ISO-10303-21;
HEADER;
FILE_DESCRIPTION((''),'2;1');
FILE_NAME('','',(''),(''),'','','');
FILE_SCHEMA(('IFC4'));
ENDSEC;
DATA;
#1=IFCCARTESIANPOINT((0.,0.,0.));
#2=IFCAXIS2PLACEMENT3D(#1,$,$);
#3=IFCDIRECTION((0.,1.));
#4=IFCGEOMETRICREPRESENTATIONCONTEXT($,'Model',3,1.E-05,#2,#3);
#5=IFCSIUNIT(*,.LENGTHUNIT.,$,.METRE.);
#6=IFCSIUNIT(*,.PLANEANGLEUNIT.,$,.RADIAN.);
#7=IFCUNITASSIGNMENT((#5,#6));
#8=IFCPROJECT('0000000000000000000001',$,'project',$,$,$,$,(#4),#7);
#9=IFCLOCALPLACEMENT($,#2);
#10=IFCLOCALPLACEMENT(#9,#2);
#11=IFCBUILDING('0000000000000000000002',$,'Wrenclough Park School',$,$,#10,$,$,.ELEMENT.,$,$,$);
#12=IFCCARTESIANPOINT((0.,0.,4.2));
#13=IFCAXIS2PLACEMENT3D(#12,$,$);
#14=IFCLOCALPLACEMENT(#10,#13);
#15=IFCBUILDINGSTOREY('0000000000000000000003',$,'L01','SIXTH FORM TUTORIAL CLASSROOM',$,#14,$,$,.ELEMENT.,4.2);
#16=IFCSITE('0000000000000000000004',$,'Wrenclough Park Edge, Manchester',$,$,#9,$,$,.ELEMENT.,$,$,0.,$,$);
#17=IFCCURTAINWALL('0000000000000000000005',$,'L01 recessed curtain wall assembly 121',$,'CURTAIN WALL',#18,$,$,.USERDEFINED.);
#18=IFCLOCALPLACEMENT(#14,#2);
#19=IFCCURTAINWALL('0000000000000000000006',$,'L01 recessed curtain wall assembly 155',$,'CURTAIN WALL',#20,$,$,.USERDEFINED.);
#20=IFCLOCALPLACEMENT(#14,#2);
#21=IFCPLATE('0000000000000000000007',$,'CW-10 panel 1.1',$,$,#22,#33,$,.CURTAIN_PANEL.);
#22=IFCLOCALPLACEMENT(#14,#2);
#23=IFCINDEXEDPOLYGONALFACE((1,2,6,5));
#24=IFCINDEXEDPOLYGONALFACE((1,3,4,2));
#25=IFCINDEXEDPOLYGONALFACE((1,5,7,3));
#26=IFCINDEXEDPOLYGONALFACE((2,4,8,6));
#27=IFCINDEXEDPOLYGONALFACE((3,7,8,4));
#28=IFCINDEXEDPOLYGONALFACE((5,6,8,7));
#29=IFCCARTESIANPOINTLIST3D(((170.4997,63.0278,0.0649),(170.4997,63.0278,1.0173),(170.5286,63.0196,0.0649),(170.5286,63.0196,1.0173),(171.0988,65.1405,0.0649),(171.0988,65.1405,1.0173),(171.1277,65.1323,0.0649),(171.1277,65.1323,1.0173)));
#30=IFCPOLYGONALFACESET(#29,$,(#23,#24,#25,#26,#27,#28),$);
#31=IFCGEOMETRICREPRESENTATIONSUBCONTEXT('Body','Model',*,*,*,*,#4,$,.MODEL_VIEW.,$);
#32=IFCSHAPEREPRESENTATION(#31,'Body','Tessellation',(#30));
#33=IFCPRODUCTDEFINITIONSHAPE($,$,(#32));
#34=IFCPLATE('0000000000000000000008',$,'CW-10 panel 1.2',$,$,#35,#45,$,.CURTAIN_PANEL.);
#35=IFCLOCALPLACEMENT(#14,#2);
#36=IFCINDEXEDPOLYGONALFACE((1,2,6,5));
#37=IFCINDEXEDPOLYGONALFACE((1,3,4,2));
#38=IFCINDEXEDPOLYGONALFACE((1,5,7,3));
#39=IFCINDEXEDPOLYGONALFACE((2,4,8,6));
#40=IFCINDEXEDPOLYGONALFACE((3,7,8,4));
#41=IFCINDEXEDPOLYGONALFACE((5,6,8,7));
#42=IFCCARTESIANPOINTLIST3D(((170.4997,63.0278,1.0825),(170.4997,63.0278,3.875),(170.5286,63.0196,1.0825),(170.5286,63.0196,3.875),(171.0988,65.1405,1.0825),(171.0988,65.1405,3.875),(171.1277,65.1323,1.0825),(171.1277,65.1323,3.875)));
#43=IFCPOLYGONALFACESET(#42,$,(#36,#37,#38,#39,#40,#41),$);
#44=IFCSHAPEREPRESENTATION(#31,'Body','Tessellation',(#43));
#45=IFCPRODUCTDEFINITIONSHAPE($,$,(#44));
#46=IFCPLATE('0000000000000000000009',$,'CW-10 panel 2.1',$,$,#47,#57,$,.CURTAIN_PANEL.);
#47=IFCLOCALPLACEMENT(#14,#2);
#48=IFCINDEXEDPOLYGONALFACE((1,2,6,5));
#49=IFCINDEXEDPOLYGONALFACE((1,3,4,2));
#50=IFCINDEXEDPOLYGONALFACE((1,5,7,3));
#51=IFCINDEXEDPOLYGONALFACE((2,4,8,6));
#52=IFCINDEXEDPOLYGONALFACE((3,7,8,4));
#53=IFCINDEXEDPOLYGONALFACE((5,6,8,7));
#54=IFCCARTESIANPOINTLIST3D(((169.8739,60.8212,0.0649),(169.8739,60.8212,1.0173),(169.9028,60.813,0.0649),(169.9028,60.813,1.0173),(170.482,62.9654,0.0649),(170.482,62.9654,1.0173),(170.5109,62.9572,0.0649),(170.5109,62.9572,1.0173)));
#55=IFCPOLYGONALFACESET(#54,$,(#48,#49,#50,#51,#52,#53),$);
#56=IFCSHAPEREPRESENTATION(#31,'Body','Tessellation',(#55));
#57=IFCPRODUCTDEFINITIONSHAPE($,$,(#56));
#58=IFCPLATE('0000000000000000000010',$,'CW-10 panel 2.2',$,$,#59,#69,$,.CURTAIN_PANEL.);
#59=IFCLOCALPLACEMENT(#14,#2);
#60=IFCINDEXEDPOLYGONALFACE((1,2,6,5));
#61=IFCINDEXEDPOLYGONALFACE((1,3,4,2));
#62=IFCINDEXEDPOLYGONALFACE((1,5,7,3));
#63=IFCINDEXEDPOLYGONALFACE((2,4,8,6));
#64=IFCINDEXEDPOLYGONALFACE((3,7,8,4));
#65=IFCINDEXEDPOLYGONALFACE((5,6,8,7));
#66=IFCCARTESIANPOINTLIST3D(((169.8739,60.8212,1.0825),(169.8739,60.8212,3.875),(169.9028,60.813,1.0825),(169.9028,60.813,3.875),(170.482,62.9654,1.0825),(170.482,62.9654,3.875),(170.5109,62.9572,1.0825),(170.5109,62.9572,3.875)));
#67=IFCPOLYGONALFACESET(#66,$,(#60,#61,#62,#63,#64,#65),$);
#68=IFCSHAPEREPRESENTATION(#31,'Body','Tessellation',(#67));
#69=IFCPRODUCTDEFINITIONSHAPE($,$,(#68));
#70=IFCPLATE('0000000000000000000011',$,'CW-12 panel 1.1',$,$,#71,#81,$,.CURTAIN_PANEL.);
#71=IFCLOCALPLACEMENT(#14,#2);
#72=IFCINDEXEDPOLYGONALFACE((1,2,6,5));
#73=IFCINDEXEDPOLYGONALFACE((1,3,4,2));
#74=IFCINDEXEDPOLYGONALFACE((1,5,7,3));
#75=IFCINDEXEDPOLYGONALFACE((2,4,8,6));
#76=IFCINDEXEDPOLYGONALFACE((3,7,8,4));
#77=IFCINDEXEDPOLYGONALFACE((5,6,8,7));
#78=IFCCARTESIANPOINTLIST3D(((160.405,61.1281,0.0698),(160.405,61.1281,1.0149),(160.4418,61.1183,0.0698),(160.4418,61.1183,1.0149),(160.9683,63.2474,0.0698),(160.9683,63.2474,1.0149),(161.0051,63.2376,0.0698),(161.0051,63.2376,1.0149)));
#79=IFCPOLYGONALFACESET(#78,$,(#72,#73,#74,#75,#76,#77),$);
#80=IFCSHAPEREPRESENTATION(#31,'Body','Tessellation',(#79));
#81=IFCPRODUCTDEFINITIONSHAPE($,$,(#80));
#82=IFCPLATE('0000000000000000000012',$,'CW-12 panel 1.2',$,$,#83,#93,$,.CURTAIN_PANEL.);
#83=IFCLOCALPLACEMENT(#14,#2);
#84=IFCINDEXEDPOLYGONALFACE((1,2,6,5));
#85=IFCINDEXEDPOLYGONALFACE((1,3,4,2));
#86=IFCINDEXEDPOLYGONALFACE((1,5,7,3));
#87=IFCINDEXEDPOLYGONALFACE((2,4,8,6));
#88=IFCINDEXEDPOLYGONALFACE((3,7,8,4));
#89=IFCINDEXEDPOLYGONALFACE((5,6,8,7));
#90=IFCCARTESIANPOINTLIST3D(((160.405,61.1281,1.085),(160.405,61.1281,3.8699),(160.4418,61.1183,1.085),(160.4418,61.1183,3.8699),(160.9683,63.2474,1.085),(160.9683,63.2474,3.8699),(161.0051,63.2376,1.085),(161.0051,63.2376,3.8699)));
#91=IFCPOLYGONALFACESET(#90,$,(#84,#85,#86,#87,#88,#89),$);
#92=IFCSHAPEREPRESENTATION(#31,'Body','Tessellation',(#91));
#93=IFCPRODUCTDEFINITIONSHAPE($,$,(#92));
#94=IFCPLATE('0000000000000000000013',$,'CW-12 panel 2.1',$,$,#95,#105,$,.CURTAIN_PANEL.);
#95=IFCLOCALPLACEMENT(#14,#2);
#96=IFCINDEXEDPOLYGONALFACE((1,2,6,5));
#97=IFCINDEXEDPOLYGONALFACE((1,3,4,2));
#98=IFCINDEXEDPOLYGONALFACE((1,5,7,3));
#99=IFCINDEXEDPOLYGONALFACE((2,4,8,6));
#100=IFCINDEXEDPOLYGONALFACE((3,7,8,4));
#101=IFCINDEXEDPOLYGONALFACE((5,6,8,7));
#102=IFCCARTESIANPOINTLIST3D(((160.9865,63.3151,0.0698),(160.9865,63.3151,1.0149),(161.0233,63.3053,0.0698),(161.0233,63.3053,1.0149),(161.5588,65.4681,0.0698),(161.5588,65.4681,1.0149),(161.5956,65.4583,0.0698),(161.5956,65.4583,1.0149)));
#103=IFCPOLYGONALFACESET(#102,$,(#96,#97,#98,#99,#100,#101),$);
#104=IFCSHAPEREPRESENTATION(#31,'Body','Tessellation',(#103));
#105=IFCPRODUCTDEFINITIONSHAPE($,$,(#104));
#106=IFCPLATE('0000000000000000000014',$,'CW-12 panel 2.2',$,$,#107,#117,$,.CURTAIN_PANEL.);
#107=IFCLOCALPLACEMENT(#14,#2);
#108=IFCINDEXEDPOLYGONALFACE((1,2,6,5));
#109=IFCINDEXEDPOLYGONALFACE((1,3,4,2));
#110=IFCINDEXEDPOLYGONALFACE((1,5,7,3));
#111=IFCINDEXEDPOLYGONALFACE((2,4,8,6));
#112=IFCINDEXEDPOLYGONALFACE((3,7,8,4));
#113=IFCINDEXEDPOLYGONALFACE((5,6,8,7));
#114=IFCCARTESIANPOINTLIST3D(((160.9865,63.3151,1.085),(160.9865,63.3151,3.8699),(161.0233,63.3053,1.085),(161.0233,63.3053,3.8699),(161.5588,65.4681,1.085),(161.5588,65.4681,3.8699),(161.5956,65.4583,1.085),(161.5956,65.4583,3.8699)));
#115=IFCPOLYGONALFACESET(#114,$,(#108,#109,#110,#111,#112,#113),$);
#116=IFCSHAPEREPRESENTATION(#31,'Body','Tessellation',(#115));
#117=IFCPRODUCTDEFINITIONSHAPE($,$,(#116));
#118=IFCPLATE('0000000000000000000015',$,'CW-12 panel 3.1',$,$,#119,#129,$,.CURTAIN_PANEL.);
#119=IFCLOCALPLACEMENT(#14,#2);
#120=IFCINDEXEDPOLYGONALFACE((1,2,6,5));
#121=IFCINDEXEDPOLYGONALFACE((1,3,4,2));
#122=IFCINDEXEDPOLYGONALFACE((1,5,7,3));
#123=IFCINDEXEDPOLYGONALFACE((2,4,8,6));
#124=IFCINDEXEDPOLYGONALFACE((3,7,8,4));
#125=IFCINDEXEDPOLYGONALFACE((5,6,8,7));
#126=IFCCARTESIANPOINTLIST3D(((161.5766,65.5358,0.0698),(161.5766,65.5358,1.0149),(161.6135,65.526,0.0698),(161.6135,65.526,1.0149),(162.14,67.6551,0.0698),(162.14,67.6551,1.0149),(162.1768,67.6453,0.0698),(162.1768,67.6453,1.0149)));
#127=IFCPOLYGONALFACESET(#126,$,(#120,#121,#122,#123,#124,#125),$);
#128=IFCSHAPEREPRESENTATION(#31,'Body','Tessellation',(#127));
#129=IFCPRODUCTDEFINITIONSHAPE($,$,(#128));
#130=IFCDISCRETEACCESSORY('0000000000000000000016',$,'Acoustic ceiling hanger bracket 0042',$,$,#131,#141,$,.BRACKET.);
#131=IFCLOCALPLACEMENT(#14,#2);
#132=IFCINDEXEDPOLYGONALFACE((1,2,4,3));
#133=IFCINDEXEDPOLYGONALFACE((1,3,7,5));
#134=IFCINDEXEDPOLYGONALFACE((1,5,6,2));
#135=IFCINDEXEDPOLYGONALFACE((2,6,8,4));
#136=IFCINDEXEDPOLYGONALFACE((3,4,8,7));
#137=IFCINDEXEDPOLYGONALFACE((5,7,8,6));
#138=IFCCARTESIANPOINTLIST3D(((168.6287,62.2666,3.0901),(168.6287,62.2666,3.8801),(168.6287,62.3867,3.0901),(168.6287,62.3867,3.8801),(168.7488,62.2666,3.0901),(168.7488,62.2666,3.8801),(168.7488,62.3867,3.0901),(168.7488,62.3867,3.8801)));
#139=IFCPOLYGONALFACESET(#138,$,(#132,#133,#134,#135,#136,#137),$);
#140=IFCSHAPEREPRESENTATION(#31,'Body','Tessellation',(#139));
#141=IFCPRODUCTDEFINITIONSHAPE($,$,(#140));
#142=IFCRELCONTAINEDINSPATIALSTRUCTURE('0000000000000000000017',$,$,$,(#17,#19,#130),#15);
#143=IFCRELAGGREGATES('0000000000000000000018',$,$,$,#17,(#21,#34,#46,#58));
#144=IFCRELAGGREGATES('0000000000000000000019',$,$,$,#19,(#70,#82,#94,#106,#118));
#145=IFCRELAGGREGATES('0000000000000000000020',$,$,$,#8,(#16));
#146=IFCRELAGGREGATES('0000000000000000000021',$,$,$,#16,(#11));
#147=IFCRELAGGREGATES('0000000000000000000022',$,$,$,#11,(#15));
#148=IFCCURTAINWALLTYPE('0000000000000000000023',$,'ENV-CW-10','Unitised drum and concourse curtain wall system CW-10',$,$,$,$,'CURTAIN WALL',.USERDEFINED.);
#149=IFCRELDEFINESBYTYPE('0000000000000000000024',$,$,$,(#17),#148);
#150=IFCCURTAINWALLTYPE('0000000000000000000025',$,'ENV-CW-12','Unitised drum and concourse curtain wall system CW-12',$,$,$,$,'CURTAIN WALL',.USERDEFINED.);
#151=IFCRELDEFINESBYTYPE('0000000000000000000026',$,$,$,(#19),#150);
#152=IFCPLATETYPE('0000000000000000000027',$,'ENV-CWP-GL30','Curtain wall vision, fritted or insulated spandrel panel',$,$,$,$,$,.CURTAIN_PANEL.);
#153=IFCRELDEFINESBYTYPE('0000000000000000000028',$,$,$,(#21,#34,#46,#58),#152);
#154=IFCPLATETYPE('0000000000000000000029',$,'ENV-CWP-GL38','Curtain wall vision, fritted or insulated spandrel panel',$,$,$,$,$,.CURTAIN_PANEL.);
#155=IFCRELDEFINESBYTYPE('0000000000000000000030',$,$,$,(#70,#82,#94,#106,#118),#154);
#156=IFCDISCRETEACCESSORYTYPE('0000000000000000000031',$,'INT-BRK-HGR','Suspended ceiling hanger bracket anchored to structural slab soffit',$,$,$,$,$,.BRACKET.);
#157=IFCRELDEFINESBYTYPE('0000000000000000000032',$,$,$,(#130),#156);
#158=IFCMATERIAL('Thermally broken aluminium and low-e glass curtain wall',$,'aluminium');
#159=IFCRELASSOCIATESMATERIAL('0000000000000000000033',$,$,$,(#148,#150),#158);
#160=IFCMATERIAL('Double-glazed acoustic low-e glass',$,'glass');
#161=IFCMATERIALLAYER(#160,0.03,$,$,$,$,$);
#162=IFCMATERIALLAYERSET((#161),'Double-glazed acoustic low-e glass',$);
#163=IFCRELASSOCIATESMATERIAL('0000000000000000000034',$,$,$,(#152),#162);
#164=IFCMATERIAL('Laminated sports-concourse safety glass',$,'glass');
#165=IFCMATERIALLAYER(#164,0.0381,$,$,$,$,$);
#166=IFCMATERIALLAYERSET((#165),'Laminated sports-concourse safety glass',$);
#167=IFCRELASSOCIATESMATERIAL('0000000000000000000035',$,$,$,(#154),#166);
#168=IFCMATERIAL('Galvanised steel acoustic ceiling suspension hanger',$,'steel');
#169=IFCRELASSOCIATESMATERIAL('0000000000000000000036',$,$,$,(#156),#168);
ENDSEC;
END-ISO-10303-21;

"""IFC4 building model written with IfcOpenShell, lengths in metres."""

from ifc_helpers import new_model, si_unit, direction, frame, origin, origin_2d, place, context, subcontext, project, spatial, rectangle, extrude, material, layer, layer_set, type_object, element, aggregate, save


model = new_model("IFC4")

# Units and contexts
model_context = context("Model", 3, precision=1e-05, world=origin(), true_north=direction((0.0, 1.0)))
body_context = subcontext(model_context, "Body", "Model", "MODEL_VIEW")
ifc_project = project(units=[si_unit("LENGTHUNIT", "METRE"), si_unit("PLANEANGLEUNIT", "RADIAN")], contexts=[model_context])

# Site, building, storey
site_placement = place(None, origin())
site = spatial("IfcSite", under=ifc_project, at=site_placement, Name="Wrenclough Park Edge, Manchester", CompositionType="ELEMENT", RefElevation=0.0)
building_placement = place(site_placement, origin())
building = spatial("IfcBuilding", under=site, at=building_placement, Name="Wrenclough Park School", CompositionType="ELEMENT")
storey_placement = place(building_placement, frame((0.0, 0.0, 4.2)))
storey = spatial("IfcBuildingStorey", under=building, at=storey_placement, Name="L01", Description="SIXTH FORM TUTORIAL CLASSROOM", CompositionType="ELEMENT", Elevation=4.2)

# Curtain walls
ifc_material_1 = material(Name="Thermally broken aluminium and low-e glass curtain wall", Category="aluminium")
curtain_wall_type_1 = type_object("IfcCurtainWallType", Name="ENV-CW-10", Description="Unitised drum and concourse curtain wall system CW-10", ElementType="CURTAIN WALL", PredefinedType="USERDEFINED", material=ifc_material_1)
curtain_wall_1_placement = place(storey_placement, origin())
curtain_wall_1 = element("IfcCurtainWall", 1, at=curtain_wall_1_placement, inside=storey, type_object=curtain_wall_type_1, Name="L01 recessed curtain wall assembly 121", ObjectType="CURTAIN WALL", PredefinedType="USERDEFINED")
curtain_wall_type_2 = type_object("IfcCurtainWallType", Name="ENV-CW-12", Description="Unitised drum and concourse curtain wall system CW-12", ElementType="CURTAIN WALL", PredefinedType="USERDEFINED", material=ifc_material_1)
curtain_wall_2_placement = place(storey_placement, origin())
curtain_wall_2 = element("IfcCurtainWall", 2, at=curtain_wall_2_placement, inside=storey, type_object=curtain_wall_type_2, Name="L01 recessed curtain wall assembly 155", ObjectType="CURTAIN WALL", PredefinedType="USERDEFINED")

# Plates
ifc_material_2 = material(Name="Double-glazed acoustic low-e glass", Category="glass")
ifc_layer_1 = layer(ifc_material_2, 0.03)
ifc_layer_set_1 = layer_set([ifc_layer_1], Name="Double-glazed acoustic low-e glass")
plate_type_1 = type_object("IfcPlateType", Name="ENV-CWP-GL30", Description="Curtain wall vision, fritted or insulated spandrel panel", PredefinedType="CURTAIN_PANEL", material=ifc_layer_set_1)
plate_1_placement = place(storey_placement, frame((170.8137, 64.0801, 0.0649), z_axis=(0.0, 0.0, 1.0), x_axis=(-0.272826, -0.962063, 0.0)))
plate_1 = element("IfcPlate", 3, at=plate_1_placement, type_object=plate_type_1, Name="CW-10 panel 1.1", PredefinedType="CURTAIN_PANEL", context=body_context, shape_type="SweptSolid", body=[
    extrude(rectangle(XDim=2.196, YDim=0.03, at=origin_2d()), origin(), (0.0, 0.0, 1.0), 0.9524),
])
plate_2_placement = place(storey_placement, frame((170.8137, 64.0801, 1.0825), z_axis=(0.0, 0.0, 1.0), x_axis=(-0.272826, -0.962063, 0.0)))
plate_2 = element("IfcPlate", 4, at=plate_2_placement, type_object=plate_type_1, Name="CW-10 panel 1.2", PredefinedType="CURTAIN_PANEL", context=body_context, shape_type="SweptSolid", body=[
    extrude(rectangle(XDim=2.196, YDim=0.03, at=origin_2d()), origin(), (0.0, 0.0, 1.0), 2.7925),
])
plate_3_placement = place(storey_placement, frame((170.1924, 61.8892, 0.0649), z_axis=(0.0, 0.0, 1.0), x_axis=(-0.272826, -0.962063, 0.0)))
plate_3 = element("IfcPlate", 5, at=plate_3_placement, type_object=plate_type_1, Name="CW-10 panel 2.1", PredefinedType="CURTAIN_PANEL", context=body_context, shape_type="SweptSolid", body=[
    extrude(rectangle(XDim=2.2288, YDim=0.03, at=origin_2d()), origin(), (0.0, 0.0, 1.0), 0.9524),
])
plate_4_placement = place(storey_placement, frame((170.1924, 61.8892, 1.0825), z_axis=(0.0, 0.0, 1.0), x_axis=(-0.272826, -0.962063, 0.0)))
plate_4 = element("IfcPlate", 6, at=plate_4_placement, type_object=plate_type_1, Name="CW-10 panel 2.2", PredefinedType="CURTAIN_PANEL", context=body_context, shape_type="SweptSolid", body=[
    extrude(rectangle(XDim=2.2288, YDim=0.03, at=origin_2d()), origin(), (0.0, 0.0, 1.0), 2.7925),
])
aggregate(curtain_wall_1, [plate_1, plate_2, plate_3, plate_4])
ifc_material_3 = material(Name="Laminated sports-concourse safety glass", Category="glass")
ifc_layer_2 = layer(ifc_material_3, 0.0381)
ifc_layer_set_2 = layer_set([ifc_layer_2], Name="Laminated sports-concourse safety glass")
plate_type_2 = type_object("IfcPlateType", Name="ENV-CWP-GL38", Description="Curtain wall vision, fritted or insulated spandrel panel", PredefinedType="CURTAIN_PANEL", material=ifc_layer_set_2)
plate_5_placement = place(storey_placement, frame((160.7051, 62.1829, 0.0698), z_axis=(0.0, 0.0, 1.0), x_axis=(0.256882, 0.966443, 0.0)))
plate_5 = element("IfcPlate", 7, at=plate_5_placement, type_object=plate_type_2, Name="CW-12 panel 1.1", PredefinedType="CURTAIN_PANEL", context=body_context, shape_type="SweptSolid", body=[
    extrude(rectangle(XDim=2.1929, YDim=0.0381, at=origin_2d()), origin(), (0.0, 0.0, 1.0), 0.9451),
])
plate_6_placement = place(storey_placement, frame((160.7051, 62.1829, 1.085), z_axis=(0.0, 0.0, 1.0), x_axis=(0.256882, 0.966443, 0.0)))
plate_6 = element("IfcPlate", 8, at=plate_6_placement, type_object=plate_type_2, Name="CW-12 panel 1.2", PredefinedType="CURTAIN_PANEL", context=body_context, shape_type="SweptSolid", body=[
    extrude(rectangle(XDim=2.1929, YDim=0.0381, at=origin_2d()), origin(), (0.0, 0.0, 1.0), 2.7849),
])
plate_7_placement = place(storey_placement, frame((161.291, 64.3867, 0.0698), z_axis=(0.0, 0.0, 1.0), x_axis=(0.256882, 0.966443, 0.0)))
plate_7 = element("IfcPlate", 9, at=plate_7_placement, type_object=plate_type_2, Name="CW-12 panel 2.1", PredefinedType="CURTAIN_PANEL", context=body_context, shape_type="SweptSolid", body=[
    extrude(rectangle(XDim=2.2278, YDim=0.0381, at=origin_2d()), origin(), (0.0, 0.0, 1.0), 0.9451),
])
plate_8_placement = place(storey_placement, frame((161.291, 64.3867, 1.085), z_axis=(0.0, 0.0, 1.0), x_axis=(0.256882, 0.966443, 0.0)))
plate_8 = element("IfcPlate", 10, at=plate_8_placement, type_object=plate_type_2, Name="CW-12 panel 2.2", PredefinedType="CURTAIN_PANEL", context=body_context, shape_type="SweptSolid", body=[
    extrude(rectangle(XDim=2.2278, YDim=0.0381, at=origin_2d()), origin(), (0.0, 0.0, 1.0), 2.7849),
])
plate_9_placement = place(storey_placement, frame((161.8767, 66.5906, 0.0698), z_axis=(0.0, 0.0, 1.0), x_axis=(0.256882, 0.966443, 0.0)))
plate_9 = element("IfcPlate", 11, at=plate_9_placement, type_object=plate_type_2, Name="CW-12 panel 3.1", PredefinedType="CURTAIN_PANEL", context=body_context, shape_type="SweptSolid", body=[
    extrude(rectangle(XDim=2.1929, YDim=0.0381, at=origin_2d()), origin(), (0.0, 0.0, 1.0), 0.9451),
])
aggregate(curtain_wall_2, [plate_5, plate_6, plate_7, plate_8, plate_9])

# Discrete accessory
ifc_material_4 = material(Name="Galvanised steel acoustic ceiling suspension hanger", Category="steel")
discrete_accessory_type = type_object("IfcDiscreteAccessoryType", Name="INT-BRK-HGR", Description="Suspended ceiling hanger bracket anchored to structural slab soffit", PredefinedType="BRACKET", material=ifc_material_4)
discrete_accessory_placement = place(storey_placement, frame((168.6887, 62.3267, 3.0901), z_axis=(0.0, 0.0, 1.0), x_axis=(1.0, 0.0, 0.0)))
element("IfcDiscreteAccessory", 12, at=discrete_accessory_placement, inside=storey, type_object=discrete_accessory_type, Name="Acoustic ceiling hanger bracket 0042", PredefinedType="BRACKET", context=body_context, shape_type="SweptSolid", body=[
    extrude(rectangle(XDim=0.1201, YDim=0.1201, at=origin_2d()), origin(), (0.0, 0.0, 1.0), 0.79),
])

save(model, "model.ifc")
